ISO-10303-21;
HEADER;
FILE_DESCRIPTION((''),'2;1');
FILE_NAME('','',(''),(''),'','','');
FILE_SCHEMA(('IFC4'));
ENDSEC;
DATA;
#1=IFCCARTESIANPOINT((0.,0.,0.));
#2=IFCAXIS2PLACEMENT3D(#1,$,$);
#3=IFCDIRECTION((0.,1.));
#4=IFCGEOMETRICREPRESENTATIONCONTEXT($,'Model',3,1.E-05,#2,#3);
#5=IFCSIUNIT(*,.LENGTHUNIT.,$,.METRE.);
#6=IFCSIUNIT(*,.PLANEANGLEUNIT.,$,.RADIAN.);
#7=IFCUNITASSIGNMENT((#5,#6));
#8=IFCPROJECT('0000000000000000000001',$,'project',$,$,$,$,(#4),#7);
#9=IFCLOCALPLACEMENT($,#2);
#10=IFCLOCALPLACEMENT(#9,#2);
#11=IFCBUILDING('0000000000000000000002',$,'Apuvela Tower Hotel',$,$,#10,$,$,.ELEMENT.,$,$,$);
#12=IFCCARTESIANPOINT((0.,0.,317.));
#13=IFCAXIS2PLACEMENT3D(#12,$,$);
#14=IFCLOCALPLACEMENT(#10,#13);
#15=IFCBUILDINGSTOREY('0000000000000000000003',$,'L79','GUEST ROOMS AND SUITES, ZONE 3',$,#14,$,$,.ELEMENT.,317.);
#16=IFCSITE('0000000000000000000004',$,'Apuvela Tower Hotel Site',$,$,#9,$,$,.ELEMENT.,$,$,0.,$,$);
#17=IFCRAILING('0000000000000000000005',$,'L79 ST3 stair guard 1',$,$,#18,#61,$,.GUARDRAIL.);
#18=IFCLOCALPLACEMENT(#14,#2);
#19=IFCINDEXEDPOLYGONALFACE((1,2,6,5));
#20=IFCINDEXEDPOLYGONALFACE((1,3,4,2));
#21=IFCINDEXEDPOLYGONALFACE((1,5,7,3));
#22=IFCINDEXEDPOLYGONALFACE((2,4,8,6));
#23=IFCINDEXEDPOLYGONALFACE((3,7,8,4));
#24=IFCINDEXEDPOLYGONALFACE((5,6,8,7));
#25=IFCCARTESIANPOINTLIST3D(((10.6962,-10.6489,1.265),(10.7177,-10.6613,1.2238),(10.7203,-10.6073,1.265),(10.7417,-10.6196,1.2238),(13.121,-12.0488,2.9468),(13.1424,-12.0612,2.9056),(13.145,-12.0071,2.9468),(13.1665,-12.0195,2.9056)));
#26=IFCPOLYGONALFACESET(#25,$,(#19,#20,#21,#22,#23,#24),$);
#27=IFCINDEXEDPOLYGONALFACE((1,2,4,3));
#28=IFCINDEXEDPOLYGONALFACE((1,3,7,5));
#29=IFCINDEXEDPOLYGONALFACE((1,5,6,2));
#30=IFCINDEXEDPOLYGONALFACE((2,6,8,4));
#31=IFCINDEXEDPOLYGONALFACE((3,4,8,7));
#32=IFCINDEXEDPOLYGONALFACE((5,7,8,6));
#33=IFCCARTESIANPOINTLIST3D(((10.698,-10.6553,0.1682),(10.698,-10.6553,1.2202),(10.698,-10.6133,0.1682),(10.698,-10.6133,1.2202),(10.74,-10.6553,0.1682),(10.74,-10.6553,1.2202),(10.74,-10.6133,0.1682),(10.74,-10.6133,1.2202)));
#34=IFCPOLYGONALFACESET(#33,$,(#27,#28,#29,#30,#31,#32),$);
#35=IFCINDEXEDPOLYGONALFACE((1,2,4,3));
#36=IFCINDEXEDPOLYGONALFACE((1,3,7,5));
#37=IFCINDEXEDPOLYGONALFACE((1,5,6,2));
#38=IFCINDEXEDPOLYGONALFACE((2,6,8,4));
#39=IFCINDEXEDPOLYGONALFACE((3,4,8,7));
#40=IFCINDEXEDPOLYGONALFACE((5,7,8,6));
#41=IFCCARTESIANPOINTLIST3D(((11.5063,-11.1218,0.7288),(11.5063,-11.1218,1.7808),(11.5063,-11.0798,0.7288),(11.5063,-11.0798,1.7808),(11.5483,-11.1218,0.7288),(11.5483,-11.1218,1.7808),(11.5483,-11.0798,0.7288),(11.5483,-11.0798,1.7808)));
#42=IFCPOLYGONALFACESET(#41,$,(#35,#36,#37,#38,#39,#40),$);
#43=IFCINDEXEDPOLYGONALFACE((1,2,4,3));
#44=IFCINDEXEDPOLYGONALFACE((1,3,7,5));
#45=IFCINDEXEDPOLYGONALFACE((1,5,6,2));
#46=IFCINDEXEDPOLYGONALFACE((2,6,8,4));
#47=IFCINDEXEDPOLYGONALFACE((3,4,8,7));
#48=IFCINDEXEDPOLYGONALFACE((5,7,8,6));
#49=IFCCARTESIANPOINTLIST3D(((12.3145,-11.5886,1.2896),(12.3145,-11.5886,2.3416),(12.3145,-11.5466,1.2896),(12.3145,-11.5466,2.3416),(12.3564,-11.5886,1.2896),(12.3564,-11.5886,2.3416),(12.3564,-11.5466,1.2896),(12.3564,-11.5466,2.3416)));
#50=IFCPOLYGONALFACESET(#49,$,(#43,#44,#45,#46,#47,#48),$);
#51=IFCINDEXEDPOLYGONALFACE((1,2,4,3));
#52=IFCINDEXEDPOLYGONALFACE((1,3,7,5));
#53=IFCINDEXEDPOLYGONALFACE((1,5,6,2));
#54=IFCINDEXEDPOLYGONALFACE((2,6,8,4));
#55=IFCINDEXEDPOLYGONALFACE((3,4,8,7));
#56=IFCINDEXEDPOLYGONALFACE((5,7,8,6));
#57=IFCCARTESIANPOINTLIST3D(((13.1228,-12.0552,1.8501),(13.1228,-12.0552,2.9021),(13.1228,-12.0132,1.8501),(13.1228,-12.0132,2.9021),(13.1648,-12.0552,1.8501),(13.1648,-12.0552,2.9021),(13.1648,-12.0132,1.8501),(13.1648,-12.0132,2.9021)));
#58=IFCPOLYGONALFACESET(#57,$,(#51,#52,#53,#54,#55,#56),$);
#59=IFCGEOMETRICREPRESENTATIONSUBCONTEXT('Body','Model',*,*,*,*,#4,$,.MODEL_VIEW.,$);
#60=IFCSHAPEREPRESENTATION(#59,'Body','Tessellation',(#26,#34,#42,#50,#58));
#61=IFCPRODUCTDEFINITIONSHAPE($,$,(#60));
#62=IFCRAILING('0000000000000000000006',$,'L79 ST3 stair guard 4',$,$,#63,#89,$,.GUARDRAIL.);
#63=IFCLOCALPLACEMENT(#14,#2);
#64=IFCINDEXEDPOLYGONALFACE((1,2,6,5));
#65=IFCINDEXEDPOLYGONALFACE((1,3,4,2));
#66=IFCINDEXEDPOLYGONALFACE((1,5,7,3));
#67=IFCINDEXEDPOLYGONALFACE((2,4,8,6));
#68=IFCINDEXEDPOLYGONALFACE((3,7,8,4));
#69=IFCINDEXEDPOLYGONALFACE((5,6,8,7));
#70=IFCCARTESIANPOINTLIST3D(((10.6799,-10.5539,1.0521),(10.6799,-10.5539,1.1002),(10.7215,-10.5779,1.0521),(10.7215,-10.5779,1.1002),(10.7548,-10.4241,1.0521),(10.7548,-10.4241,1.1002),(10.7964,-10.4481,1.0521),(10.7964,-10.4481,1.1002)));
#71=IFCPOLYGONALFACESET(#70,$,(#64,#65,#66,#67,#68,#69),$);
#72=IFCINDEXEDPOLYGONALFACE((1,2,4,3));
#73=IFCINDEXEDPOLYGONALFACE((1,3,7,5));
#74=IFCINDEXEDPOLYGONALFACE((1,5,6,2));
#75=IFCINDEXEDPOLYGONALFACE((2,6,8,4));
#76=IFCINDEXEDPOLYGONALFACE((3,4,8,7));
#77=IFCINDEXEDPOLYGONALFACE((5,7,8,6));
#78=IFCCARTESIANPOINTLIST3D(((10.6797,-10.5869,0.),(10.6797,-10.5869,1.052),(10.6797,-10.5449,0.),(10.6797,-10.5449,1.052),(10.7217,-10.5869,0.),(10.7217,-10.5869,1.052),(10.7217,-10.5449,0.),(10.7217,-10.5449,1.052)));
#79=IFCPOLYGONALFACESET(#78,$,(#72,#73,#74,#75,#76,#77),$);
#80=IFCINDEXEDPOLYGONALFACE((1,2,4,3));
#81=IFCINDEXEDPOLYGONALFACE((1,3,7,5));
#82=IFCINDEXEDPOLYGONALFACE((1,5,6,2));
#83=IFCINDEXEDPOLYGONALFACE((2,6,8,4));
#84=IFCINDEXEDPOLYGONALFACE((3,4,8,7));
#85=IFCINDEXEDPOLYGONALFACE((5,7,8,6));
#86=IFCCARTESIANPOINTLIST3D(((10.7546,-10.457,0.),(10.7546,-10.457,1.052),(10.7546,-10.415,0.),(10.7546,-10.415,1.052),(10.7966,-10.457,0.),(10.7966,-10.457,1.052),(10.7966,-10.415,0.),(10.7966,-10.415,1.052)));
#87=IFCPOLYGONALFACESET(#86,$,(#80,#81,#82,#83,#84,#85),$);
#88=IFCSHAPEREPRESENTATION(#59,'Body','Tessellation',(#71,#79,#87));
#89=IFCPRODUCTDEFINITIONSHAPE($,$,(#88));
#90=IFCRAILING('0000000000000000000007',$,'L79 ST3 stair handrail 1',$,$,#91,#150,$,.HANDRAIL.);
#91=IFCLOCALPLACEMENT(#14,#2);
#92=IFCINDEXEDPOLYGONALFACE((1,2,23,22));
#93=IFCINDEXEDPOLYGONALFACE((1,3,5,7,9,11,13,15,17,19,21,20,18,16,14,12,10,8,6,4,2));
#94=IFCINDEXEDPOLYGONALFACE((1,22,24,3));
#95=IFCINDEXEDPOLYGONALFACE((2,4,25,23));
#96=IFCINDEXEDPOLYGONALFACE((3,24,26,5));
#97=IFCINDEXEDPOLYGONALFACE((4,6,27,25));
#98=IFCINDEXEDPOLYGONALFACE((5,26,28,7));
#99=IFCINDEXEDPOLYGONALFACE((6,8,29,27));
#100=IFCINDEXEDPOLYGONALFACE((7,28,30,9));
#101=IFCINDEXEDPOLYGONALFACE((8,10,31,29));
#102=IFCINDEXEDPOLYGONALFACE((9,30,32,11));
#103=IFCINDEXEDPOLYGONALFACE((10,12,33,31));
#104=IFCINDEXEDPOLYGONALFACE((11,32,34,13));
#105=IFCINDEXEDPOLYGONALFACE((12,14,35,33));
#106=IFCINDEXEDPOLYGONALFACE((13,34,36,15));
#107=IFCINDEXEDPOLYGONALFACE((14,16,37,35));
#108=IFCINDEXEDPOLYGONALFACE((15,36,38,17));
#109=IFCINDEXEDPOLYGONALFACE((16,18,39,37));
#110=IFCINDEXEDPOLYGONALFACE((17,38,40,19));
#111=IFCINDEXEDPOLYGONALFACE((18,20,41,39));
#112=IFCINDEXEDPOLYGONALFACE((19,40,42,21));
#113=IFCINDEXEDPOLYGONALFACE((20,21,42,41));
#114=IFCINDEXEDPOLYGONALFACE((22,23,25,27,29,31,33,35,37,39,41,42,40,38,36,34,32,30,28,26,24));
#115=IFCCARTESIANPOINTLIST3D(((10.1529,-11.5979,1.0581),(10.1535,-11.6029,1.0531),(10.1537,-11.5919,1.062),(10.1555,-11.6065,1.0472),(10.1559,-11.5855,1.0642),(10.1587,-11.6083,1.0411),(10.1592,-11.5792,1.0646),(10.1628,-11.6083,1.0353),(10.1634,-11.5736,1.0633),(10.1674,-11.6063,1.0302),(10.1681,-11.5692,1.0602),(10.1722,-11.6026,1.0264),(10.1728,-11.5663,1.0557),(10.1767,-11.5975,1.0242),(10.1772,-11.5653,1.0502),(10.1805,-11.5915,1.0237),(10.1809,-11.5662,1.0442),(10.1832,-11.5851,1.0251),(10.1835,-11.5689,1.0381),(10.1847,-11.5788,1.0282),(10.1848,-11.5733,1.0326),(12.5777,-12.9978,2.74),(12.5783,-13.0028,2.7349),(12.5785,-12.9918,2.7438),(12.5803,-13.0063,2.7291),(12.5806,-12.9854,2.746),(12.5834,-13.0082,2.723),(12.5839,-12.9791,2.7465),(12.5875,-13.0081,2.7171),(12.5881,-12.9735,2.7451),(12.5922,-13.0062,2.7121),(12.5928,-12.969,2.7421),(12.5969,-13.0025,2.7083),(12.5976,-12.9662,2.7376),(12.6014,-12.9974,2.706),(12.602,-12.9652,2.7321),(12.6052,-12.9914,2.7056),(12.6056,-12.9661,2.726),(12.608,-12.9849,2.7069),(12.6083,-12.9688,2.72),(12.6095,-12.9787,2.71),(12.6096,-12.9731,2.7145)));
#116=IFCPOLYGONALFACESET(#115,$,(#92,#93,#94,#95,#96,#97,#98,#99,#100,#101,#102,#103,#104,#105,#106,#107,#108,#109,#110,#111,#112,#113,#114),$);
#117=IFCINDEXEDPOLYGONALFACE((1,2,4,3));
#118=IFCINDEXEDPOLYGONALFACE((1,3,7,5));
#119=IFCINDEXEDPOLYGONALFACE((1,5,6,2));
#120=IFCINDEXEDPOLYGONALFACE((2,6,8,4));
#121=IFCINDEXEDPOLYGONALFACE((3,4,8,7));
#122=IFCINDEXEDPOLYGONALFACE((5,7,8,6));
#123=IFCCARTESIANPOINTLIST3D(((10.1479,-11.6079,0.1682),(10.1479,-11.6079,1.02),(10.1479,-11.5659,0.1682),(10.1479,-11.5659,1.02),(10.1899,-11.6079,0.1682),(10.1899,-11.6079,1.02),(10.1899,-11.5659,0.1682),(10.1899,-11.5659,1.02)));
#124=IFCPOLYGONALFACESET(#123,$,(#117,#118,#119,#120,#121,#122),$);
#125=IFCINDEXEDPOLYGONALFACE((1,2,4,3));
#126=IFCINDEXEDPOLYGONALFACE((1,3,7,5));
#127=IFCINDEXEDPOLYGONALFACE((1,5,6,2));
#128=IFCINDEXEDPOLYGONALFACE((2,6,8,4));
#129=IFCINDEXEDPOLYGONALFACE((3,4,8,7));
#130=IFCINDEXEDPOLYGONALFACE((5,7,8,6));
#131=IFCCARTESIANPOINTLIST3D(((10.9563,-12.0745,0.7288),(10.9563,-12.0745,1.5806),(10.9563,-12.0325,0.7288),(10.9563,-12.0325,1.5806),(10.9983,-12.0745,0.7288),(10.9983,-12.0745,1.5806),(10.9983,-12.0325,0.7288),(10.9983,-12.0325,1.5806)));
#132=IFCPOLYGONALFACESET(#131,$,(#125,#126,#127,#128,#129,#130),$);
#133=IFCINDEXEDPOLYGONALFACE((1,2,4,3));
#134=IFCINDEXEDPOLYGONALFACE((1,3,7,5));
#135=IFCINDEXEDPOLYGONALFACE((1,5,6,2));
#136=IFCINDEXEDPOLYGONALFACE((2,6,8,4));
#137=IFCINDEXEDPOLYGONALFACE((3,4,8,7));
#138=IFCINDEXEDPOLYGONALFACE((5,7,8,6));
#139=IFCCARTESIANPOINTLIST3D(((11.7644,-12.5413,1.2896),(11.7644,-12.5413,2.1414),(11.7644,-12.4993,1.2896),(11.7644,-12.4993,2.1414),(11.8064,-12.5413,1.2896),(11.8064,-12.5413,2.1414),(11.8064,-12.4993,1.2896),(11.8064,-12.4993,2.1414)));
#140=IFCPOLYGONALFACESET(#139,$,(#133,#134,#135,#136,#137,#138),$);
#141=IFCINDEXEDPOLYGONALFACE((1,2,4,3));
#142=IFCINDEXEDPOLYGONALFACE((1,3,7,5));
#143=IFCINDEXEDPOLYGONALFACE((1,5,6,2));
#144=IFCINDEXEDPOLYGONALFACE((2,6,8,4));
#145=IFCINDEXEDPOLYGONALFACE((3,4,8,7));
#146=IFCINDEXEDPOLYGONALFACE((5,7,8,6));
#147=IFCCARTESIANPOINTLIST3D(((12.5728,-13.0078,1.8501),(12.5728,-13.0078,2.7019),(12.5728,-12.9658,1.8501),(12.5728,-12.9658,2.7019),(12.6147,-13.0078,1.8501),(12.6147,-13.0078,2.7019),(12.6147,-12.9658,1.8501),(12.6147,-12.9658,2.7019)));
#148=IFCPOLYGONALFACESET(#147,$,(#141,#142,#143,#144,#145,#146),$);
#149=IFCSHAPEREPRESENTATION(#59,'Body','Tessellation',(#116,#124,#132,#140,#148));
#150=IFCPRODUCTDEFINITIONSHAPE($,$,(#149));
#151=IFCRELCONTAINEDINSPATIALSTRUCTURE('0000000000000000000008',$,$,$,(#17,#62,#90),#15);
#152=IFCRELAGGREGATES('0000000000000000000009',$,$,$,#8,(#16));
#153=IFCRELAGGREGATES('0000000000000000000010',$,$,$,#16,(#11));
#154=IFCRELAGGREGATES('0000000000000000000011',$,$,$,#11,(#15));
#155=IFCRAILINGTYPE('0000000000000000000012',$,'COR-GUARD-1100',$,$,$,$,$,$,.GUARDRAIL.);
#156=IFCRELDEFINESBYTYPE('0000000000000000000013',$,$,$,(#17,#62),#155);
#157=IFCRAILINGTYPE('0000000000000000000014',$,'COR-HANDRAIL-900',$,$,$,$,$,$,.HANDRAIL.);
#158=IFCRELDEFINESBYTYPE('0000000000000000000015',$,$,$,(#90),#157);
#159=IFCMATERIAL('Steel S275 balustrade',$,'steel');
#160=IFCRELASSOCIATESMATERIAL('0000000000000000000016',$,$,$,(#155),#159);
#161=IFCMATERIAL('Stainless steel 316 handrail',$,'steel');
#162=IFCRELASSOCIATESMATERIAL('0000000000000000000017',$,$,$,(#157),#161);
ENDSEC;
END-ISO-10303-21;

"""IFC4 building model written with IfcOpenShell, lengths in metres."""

from ifc_helpers import new_model, si_unit, direction, frame, origin, origin_2d, place, context, subcontext, project, spatial, rectangle, circle, extrude, material, type_object, element, save


model = new_model("IFC4")

# Units and contexts
model_context = context("Model", 3, precision=1e-05, world=origin(), true_north=direction((0.0, 1.0)))
body_context = subcontext(model_context, "Body", "Model", "MODEL_VIEW")
ifc_project = project(units=[si_unit("LENGTHUNIT", "METRE"), si_unit("PLANEANGLEUNIT", "RADIAN")], contexts=[model_context])

# Site, building, storey
site_placement = place(None, origin())
site = spatial("IfcSite", under=ifc_project, at=site_placement, Name="Apuvela Tower Hotel Site", CompositionType="ELEMENT", RefElevation=0.0)
building_placement = place(site_placement, origin())
building = spatial("IfcBuilding", under=site, at=building_placement, Name="Apuvela Tower Hotel", CompositionType="ELEMENT")
storey_placement = place(building_placement, frame((0.0, 0.0, 317.0)))
storey = spatial("IfcBuildingStorey", under=building, at=storey_placement, Name="L79", Description="GUEST ROOMS AND SUITES, ZONE 3", CompositionType="ELEMENT", Elevation=317.0)

# Railings
ifc_material_1 = material(Name="Steel S275 balustrade", Category="steel")
railing_type_1 = type_object("IfcRailingType", Name="COR-GUARD-1100", PredefinedType="GUARDRAIL", material=ifc_material_1)
railing_1_placement = place(storey_placement, frame((10.719, -10.6343, 0.1682)))
element("IfcRailing", 1, at=railing_1_placement, inside=storey, type_object=railing_type_1, Name="L79 ST3 stair guard 1", PredefinedType="GUARDRAIL", context=body_context, shape_type="SweptSolid", body=[
    extrude(rectangle(XDim=0.0481, YDim=0.0481, at=origin_2d()), frame((0.0, 0.0, 1.0762), z_axis=(0.74239, -0.428601, 0.514934), x_axis=(0.499984, 0.866035, 0.0)), (0.0, 0.0, 1.0), 3.2661),
    extrude(rectangle(XDim=0.042, YDim=0.042, at=origin_2d()), origin(), (0.0, 0.0, 1.0), 1.052),
    extrude(rectangle(XDim=0.042, YDim=0.042, at=origin_2d()), frame((0.8083, -0.4666, 0.5605)), (0.0, 0.0, 1.0), 1.052),
    extrude(rectangle(XDim=0.042, YDim=0.042, at=origin_2d()), frame((1.6165, -0.9333, 1.1213)), (0.0, 0.0, 1.0), 1.052),
    extrude(rectangle(XDim=0.042, YDim=0.042, at=origin_2d()), frame((2.4248, -1.3999, 1.6819)), (0.0, 0.0, 1.0), 1.052),
])
railing_2_placement = place(storey_placement, frame((10.7007, -10.5659, 0.0)))
element("IfcRailing", 2, at=railing_2_placement, inside=storey, type_object=railing_type_1, Name="L79 ST3 stair guard 4", PredefinedType="GUARDRAIL", context=body_context, shape_type="SweptSolid", body=[
    extrude(rectangle(XDim=0.0481, YDim=0.0481, at=origin_2d()), frame((0.0, 0.0, 1.0762), z_axis=(0.499816, 0.866131, 0.0), x_axis=(-0.866131, 0.499816, 0.0)), (0.0, 0.0, 1.0), 0.1499),
    extrude(rectangle(XDim=0.042, YDim=0.042, at=origin_2d()), origin(), (0.0, 0.0, 1.0), 1.052),
    extrude(rectangle(XDim=0.042, YDim=0.042, at=origin_2d()), frame((0.075, 0.1299, 0.0)), (0.0, 0.0, 1.0), 1.052),
])
ifc_material_2 = material(Name="Stainless steel 316 handrail", Category="steel")
railing_type_2 = type_object("IfcRailingType", Name="COR-HANDRAIL-900", PredefinedType="HANDRAIL", material=ifc_material_2)
railing_3_placement = place(storey_placement, frame((10.1689, -11.5869, 0.1682)))
element("IfcRailing", 3, at=railing_3_placement, inside=storey, type_object=railing_type_2, Name="L79 ST3 stair handrail 1", PredefinedType="HANDRAIL", context=body_context, shape_type="SweptSolid", body=[
    extrude(circle(Radius=0.0239, at=origin_2d()), frame((0.0, 0.0, 0.876), z_axis=(0.74239, -0.428601, 0.514934), x_axis=(0.499984, 0.866035, 0.0)), (0.0, 0.0, 1.0), 3.2661),
    extrude(rectangle(XDim=0.042, YDim=0.042, at=origin_2d()), origin(), (0.0, 0.0, 1.0), 0.8518),
    extrude(rectangle(XDim=0.042, YDim=0.042, at=origin_2d()), frame((0.8083, -0.4666, 0.5605)), (0.0, 0.0, 1.0), 0.8518),
    extrude(rectangle(XDim=0.042, YDim=0.042, at=origin_2d()), frame((1.6165, -0.9333, 1.1213)), (0.0, 0.0, 1.0), 0.8518),
    extrude(rectangle(XDim=0.042, YDim=0.042, at=origin_2d()), frame((2.4248, -1.3999, 1.6819)), (0.0, 0.0, 1.0), 0.8518),
])

save(model, "model.ifc")
